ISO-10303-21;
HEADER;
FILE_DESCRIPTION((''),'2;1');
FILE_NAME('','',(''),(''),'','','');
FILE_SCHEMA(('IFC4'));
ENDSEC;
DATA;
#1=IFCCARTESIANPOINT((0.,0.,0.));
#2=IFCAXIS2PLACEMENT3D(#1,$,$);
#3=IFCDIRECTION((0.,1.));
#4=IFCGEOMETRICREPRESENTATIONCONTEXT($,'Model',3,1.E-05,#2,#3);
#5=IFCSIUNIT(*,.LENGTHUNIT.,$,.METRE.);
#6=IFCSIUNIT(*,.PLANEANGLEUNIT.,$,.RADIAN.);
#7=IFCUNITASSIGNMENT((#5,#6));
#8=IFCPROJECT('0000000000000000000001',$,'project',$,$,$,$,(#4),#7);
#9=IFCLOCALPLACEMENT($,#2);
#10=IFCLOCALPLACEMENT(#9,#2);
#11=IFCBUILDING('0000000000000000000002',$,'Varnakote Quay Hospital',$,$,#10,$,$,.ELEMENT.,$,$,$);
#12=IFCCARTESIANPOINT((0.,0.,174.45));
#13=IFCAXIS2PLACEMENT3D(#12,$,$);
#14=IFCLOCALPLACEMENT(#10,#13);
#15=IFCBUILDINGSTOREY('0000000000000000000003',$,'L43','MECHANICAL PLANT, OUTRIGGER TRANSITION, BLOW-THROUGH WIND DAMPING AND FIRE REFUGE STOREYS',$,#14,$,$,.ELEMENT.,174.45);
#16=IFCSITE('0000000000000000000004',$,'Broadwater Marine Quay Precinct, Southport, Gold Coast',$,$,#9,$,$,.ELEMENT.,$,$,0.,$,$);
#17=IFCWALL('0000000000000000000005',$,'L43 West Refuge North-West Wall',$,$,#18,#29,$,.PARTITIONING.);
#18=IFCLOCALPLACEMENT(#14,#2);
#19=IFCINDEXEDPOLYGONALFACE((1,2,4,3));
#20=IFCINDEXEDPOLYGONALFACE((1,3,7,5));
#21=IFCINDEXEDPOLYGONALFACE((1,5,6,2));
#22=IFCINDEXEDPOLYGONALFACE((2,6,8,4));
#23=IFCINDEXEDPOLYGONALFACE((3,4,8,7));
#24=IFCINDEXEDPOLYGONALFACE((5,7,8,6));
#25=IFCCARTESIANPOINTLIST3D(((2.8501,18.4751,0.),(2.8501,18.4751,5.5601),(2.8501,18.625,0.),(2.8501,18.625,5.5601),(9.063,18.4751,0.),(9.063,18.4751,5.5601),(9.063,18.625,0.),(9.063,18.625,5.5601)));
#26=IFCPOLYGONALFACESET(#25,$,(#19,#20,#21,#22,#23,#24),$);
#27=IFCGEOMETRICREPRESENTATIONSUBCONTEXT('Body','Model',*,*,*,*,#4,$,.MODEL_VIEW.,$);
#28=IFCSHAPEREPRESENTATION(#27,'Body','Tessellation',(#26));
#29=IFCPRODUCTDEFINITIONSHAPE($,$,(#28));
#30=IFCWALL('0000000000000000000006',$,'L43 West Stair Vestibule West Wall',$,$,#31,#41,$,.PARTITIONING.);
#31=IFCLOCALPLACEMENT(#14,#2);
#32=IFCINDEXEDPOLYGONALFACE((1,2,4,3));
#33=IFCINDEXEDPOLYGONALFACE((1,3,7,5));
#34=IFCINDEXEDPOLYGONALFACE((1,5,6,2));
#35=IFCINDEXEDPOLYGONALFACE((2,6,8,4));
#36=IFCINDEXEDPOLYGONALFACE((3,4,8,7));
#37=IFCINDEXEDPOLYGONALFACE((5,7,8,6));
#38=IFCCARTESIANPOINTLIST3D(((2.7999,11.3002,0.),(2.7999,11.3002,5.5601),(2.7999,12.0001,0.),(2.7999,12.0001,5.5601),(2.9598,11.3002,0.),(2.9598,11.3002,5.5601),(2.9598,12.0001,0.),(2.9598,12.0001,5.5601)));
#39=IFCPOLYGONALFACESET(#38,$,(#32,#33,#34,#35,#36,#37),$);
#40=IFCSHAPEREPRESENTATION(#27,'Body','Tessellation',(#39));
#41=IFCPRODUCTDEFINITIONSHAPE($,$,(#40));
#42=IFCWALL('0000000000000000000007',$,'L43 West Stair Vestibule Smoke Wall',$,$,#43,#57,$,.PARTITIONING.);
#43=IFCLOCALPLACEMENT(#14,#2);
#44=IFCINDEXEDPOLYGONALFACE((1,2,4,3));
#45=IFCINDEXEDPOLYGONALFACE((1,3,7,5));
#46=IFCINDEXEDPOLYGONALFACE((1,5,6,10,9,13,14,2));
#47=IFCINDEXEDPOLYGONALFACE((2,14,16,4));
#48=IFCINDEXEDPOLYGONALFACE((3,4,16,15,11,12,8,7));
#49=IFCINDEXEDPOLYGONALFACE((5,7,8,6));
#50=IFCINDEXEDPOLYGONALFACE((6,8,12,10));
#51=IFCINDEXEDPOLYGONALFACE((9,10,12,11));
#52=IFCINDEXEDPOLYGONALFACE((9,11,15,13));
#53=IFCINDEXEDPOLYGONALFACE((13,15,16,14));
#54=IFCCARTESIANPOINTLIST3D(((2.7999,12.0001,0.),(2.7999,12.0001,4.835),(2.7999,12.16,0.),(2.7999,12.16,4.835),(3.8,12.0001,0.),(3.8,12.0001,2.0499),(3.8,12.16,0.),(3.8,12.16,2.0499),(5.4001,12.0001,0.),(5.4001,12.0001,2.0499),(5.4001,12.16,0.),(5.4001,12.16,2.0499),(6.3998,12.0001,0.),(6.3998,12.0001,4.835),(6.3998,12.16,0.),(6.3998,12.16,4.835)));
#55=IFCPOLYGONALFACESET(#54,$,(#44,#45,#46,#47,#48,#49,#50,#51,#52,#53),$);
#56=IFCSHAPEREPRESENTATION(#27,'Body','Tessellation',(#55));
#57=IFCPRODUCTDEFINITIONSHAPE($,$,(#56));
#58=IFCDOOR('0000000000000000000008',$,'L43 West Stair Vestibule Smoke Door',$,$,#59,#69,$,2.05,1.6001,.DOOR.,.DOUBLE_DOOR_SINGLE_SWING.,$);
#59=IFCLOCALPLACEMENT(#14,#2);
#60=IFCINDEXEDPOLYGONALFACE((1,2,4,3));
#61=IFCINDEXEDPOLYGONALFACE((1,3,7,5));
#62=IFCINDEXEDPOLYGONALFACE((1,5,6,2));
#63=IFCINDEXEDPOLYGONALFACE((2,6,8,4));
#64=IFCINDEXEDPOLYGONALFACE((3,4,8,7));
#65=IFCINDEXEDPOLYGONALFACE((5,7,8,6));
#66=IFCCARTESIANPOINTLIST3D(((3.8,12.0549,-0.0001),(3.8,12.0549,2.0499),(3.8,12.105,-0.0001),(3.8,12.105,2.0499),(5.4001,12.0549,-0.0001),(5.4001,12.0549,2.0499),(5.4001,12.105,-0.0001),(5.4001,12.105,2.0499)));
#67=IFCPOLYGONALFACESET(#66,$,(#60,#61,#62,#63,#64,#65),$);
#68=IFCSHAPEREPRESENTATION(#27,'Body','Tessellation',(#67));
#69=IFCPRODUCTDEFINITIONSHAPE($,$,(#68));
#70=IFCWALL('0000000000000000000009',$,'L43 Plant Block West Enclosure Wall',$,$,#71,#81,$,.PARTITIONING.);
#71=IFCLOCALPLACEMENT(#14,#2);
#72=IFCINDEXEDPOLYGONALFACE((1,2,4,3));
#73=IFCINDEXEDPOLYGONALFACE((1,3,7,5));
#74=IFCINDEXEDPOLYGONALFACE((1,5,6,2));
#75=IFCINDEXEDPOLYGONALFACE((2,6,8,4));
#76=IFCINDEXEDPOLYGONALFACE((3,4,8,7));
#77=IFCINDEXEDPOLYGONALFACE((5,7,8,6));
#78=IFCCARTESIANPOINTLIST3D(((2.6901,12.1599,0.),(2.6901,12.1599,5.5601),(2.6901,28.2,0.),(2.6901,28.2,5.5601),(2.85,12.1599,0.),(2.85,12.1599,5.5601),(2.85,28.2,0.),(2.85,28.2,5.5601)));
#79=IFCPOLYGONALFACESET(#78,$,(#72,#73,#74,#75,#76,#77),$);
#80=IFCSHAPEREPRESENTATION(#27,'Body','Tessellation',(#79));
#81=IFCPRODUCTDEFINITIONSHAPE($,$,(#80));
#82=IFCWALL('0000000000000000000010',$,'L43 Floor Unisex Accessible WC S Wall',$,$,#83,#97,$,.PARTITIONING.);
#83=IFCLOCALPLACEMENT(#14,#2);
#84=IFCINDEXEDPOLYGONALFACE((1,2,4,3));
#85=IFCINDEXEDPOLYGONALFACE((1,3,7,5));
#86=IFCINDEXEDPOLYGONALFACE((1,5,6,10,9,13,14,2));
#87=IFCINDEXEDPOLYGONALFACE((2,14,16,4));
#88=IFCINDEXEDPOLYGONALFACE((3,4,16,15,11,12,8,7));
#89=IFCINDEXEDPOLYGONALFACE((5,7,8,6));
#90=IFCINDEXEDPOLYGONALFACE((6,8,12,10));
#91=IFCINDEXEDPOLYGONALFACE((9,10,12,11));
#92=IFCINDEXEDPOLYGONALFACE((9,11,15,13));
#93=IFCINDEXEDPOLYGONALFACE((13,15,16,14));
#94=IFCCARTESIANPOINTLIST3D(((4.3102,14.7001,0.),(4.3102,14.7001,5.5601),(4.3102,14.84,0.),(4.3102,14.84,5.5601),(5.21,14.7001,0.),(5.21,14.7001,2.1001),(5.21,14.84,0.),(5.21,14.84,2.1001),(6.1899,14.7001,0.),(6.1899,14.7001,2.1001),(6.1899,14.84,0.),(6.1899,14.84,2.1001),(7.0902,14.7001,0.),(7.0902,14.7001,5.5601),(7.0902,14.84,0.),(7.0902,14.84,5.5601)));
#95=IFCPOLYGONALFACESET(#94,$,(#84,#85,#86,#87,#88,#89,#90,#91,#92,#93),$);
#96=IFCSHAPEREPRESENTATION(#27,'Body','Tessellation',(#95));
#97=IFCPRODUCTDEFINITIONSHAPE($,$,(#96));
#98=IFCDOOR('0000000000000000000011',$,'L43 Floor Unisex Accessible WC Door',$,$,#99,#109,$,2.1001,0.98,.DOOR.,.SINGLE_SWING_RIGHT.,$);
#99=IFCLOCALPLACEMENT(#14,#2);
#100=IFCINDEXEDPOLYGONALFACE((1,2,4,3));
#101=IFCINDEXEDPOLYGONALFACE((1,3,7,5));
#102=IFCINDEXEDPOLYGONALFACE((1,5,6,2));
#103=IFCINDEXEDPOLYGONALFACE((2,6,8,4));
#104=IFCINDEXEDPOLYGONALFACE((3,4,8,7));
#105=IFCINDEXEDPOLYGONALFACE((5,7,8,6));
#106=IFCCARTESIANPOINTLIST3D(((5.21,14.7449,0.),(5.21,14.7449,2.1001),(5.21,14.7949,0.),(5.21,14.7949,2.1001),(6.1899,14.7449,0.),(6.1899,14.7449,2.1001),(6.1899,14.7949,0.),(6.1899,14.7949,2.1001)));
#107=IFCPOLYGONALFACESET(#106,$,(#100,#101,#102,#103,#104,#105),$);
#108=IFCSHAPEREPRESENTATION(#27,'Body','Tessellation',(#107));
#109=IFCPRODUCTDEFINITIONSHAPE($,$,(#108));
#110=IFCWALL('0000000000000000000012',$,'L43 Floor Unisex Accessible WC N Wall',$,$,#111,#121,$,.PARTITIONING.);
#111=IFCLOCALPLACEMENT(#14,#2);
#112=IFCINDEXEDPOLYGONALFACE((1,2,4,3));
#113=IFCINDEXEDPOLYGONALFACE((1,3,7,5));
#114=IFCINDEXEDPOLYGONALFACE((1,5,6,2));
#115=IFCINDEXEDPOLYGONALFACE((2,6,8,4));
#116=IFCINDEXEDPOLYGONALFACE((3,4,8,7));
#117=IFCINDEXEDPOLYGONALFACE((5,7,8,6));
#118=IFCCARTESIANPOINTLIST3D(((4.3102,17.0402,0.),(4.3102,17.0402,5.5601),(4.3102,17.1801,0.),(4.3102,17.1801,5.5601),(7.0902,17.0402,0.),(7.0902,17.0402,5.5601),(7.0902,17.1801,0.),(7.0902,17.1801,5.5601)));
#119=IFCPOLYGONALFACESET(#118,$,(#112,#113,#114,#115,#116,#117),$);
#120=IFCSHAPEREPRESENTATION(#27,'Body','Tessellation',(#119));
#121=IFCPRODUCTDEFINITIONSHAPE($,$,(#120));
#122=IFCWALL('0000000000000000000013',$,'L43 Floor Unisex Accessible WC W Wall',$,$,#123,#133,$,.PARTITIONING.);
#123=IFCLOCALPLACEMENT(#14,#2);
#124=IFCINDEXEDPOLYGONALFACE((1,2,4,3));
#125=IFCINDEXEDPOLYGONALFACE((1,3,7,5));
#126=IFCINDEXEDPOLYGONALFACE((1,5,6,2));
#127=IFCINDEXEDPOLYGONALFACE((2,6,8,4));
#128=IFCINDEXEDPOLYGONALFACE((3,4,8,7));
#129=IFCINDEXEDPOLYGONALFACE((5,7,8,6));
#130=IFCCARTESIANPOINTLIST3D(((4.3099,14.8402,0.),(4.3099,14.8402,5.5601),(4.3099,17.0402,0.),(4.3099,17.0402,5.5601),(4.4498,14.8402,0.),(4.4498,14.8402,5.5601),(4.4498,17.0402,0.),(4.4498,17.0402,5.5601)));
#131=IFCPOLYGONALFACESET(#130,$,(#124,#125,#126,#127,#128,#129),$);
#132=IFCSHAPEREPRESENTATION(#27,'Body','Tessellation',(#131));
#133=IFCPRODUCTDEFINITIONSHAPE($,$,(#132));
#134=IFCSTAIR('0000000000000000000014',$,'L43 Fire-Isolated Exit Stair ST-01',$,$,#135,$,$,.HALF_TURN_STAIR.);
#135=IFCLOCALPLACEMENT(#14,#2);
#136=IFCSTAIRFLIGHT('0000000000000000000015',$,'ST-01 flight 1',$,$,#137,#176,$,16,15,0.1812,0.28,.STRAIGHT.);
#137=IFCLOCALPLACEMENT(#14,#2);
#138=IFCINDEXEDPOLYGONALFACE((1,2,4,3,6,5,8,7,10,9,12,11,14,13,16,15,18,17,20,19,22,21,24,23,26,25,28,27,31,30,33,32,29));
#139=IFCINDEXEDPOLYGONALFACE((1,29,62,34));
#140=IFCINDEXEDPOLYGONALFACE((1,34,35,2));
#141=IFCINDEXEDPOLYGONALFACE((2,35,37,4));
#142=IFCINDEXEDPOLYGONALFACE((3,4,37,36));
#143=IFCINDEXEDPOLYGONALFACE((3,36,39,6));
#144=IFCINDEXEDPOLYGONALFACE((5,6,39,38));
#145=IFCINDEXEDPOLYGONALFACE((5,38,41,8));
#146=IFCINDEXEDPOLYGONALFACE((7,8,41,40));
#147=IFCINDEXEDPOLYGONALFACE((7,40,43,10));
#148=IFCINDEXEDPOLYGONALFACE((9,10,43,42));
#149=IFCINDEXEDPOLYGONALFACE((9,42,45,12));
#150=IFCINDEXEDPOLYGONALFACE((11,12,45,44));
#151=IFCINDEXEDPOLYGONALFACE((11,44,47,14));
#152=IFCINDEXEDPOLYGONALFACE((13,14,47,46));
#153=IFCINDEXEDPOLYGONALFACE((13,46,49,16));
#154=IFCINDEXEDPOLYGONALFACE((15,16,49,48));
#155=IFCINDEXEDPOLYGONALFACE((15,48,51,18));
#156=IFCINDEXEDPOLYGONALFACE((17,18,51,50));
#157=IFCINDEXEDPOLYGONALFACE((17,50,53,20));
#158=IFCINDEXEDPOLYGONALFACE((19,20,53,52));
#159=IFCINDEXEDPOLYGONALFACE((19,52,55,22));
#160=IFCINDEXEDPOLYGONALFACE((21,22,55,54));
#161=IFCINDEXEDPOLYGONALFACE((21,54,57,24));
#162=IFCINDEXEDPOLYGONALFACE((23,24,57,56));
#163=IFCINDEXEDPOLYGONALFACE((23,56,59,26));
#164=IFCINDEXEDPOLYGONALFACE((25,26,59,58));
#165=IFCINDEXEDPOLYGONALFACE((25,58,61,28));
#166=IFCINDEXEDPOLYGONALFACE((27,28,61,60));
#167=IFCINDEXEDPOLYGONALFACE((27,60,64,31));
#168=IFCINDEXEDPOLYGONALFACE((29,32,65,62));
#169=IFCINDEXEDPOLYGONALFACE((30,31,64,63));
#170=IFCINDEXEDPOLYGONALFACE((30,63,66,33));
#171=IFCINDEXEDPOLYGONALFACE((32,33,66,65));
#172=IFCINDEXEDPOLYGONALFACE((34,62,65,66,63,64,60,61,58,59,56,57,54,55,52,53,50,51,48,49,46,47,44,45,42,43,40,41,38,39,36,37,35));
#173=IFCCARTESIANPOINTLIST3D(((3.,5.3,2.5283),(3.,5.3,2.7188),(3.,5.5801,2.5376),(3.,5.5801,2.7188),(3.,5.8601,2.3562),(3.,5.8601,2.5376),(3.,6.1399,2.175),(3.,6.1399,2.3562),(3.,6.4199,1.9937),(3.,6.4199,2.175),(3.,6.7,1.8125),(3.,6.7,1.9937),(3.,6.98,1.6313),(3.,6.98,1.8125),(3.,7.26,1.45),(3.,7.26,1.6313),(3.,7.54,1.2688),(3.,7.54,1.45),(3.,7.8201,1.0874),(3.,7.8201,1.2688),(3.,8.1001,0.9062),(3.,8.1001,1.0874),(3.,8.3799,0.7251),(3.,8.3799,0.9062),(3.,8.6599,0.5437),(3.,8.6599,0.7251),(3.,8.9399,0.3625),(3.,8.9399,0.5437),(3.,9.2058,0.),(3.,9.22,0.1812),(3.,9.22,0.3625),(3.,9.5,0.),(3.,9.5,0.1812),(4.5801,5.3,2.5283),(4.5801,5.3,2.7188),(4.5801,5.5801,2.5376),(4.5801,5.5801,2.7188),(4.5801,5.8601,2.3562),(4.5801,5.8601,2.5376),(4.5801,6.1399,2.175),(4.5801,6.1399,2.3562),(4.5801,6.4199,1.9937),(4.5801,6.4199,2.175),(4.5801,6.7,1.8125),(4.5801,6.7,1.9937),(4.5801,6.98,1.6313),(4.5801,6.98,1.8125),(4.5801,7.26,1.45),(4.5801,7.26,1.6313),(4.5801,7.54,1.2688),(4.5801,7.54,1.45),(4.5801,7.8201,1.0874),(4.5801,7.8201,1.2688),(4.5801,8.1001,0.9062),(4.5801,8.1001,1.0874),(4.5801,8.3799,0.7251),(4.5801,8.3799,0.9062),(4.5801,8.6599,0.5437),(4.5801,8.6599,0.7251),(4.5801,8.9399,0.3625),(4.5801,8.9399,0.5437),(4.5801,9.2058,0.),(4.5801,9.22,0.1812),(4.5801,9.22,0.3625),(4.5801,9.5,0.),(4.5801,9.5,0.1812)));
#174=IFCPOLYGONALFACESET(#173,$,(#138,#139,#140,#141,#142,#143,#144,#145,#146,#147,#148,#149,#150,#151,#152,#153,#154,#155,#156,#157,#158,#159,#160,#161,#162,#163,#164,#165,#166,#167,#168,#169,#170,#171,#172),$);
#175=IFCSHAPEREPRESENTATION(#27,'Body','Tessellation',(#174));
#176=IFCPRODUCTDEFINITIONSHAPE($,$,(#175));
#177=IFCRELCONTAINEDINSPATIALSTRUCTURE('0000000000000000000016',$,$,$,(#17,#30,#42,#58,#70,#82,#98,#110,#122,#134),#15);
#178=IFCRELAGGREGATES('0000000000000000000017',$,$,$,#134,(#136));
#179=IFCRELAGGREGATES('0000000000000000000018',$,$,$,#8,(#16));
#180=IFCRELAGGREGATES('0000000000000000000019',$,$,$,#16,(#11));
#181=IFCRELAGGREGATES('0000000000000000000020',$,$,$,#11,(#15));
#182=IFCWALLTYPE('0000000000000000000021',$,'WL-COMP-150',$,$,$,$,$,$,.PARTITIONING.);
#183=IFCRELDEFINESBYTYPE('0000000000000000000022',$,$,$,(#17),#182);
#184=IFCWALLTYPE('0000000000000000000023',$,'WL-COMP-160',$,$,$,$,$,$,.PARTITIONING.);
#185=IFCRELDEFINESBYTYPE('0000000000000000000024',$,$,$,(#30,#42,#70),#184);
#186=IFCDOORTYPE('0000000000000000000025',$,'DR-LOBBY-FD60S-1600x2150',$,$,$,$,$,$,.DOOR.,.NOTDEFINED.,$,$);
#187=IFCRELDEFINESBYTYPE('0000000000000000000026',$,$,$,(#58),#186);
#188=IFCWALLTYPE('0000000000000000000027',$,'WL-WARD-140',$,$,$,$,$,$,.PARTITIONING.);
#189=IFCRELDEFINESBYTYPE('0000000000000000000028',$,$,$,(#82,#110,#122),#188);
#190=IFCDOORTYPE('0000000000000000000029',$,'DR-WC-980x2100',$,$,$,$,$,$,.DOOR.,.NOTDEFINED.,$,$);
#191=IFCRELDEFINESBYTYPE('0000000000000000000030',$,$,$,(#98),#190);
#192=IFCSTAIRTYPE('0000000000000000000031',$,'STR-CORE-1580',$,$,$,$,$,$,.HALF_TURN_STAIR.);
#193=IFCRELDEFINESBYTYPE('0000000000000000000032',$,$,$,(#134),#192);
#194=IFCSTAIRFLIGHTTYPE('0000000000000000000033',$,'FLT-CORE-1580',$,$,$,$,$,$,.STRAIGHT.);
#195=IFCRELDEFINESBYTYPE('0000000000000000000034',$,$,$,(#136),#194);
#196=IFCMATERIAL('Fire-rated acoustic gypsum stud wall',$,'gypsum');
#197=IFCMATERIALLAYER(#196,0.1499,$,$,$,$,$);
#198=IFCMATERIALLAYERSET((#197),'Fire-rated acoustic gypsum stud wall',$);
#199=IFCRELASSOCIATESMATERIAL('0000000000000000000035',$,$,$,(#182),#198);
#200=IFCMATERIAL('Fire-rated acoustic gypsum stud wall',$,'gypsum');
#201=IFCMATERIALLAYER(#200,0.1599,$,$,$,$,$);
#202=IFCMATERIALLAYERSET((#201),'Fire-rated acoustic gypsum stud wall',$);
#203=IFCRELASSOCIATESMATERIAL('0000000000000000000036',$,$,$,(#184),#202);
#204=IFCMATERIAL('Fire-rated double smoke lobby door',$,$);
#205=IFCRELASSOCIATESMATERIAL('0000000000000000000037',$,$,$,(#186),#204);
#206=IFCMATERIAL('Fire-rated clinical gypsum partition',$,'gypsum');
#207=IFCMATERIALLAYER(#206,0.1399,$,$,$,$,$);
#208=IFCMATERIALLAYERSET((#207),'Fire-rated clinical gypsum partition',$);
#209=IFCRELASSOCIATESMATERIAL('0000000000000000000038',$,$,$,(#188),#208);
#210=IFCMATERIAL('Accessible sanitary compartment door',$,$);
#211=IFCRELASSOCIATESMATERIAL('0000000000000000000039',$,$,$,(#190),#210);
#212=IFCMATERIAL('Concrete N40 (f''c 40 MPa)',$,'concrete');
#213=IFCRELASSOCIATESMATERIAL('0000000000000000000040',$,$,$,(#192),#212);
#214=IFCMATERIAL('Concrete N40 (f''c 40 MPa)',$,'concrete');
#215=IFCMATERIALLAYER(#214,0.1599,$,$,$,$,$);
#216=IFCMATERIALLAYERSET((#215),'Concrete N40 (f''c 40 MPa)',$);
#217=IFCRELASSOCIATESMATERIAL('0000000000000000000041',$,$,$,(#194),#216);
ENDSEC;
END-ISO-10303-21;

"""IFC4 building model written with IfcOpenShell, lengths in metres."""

from ifc_helpers import new_model, si_unit, direction, frame, frame_2d, origin, place, context, subcontext, project, spatial, polyline, rectangle, outline, extrude, material, layer, layer_set, type_object, element, fill, aggregate, save


model = new_model("IFC4")

# Units and contexts
model_context = context("Model", 3, precision=1e-05, world=origin(), true_north=direction((0.0, 1.0)))
body_context = subcontext(model_context, "Body", "Model", "MODEL_VIEW")
ifc_project = project(units=[si_unit("LENGTHUNIT", "METRE"), si_unit("PLANEANGLEUNIT", "RADIAN")], contexts=[model_context])

# Site, building, storey
site_placement = place(None, origin())
site = spatial("IfcSite", under=ifc_project, at=site_placement, Name="Broadwater Marine Quay Precinct, Southport, Gold Coast", CompositionType="ELEMENT", RefElevation=0.0)
building_placement = place(site_placement, origin())
building = spatial("IfcBuilding", under=site, at=building_placement, Name="Varnakote Quay Hospital", CompositionType="ELEMENT")
storey_placement = place(building_placement, frame((0.0, 0.0, 174.45)))
storey = spatial("IfcBuildingStorey", under=building, at=storey_placement, Name="L43", Description="MECHANICAL PLANT, OUTRIGGER TRANSITION, BLOW-THROUGH WIND DAMPING AND FIRE REFUGE STOREYS", CompositionType="ELEMENT", Elevation=174.45)

# Walls
ifc_material_1 = material(Name="Fire-rated acoustic gypsum stud wall", Category="gypsum")
ifc_layer_1 = layer(ifc_material_1, 0.1499)
ifc_layer_set_1 = layer_set([ifc_layer_1], Name="Fire-rated acoustic gypsum stud wall")
wall_type_1 = type_object("IfcWallType", Name="WL-COMP-150", PredefinedType="PARTITIONING", material=ifc_layer_set_1)
wall_1_placement = place(storey_placement, frame((2.8501, 18.55, 0.0), z_axis=(0.0, 0.0, 1.0), x_axis=(1.0, 0.0, 0.0)))
element("IfcWall", 1, at=wall_1_placement, inside=storey, type_object=wall_type_1, Name="L43 West Refuge North-West Wall", PredefinedType="PARTITIONING", context=body_context, shape_type="SweptSolid", body=[
    extrude(rectangle(XDim=6.2129, YDim=0.1499, at=frame_2d((3.1064, 0.0))), origin(), (0.0, 0.0, 1.0), 5.5601),
])
ifc_material_2 = material(Name="Fire-rated acoustic gypsum stud wall", Category="gypsum")
ifc_layer_2 = layer(ifc_material_2, 0.1599)
ifc_layer_set_2 = layer_set([ifc_layer_2], Name="Fire-rated acoustic gypsum stud wall")
wall_type_2 = type_object("IfcWallType", Name="WL-COMP-160", PredefinedType="PARTITIONING", material=ifc_layer_set_2)
wall_2_placement = place(storey_placement, frame((2.8799, 11.3, 0.0), z_axis=(0.0, 0.0, 1.0), x_axis=(0.0, 1.0, 0.0)))
element("IfcWall", 2, at=wall_2_placement, inside=storey, type_object=wall_type_2, Name="L43 West Stair Vestibule West Wall", PredefinedType="PARTITIONING", context=body_context, shape_type="SweptSolid", body=[
    extrude(rectangle(XDim=0.7, YDim=0.1599, at=frame_2d((0.3501, 0.0))), origin(), (0.0, 0.0, 1.0), 5.5601),
])

# Wall, opening, door
wall_3_placement = place(storey_placement, frame((2.8, 12.0801, 0.0), z_axis=(0.0, 0.0, 1.0), x_axis=(1.0, 0.0, 0.0)))
wall_3 = element("IfcWall", 3, at=wall_3_placement, inside=storey, type_object=wall_type_2, Name="L43 West Stair Vestibule Smoke Wall", PredefinedType="PARTITIONING", context=body_context, shape_type="SweptSolid", body=[
    extrude(rectangle(XDim=3.5999, YDim=0.1599, at=frame_2d((1.7998, 0.0))), origin(), (0.0, 0.0, 1.0), 4.835),
])
opening_1_placement = place(wall_3_placement, frame((1.0, 0.0, 0.0)))
opening_1 = element("IfcOpeningElement", 4, at=opening_1_placement, cuts=wall_3, PredefinedType="OPENING", context=body_context, shape_type="SweptSolid", body=[
    extrude(rectangle(XDim=1.6001, YDim=2.05, at=frame_2d((0.8, 1.0249))), frame((0.0, 0.0898, 0.0), z_axis=(0.0, -1.0, 0.0), x_axis=(1.0, 0.0, 0.0)), (0.0, 0.0, 1.0), 0.1799),
])
ifc_material_3 = material(Name="Fire-rated double smoke lobby door")
door_type_1 = type_object("IfcDoorType", Name="DR-LOBBY-FD60S-1600x2150", OperationType="NOTDEFINED", PredefinedType="DOOR", material=ifc_material_3)
door_1_placement = place(opening_1_placement, origin())
door_1 = element("IfcDoor", 5, at=door_1_placement, inside=storey, type_object=door_type_1, Name="L43 West Stair Vestibule Smoke Door", OperationType="DOUBLE_DOOR_SINGLE_SWING", OverallHeight=2.05, OverallWidth=1.6001, PredefinedType="DOOR", context=body_context, shape_type="SweptSolid", body=[
    extrude(rectangle(XDim=1.6001, YDim=2.05, at=frame_2d((0.8, 1.0249))), frame((0.0, 0.0249, 0.0), z_axis=(0.0, -1.0, 0.0), x_axis=(1.0, 0.0, 0.0)), (0.0, 0.0, 1.0), 0.05),
])
fill(opening_1, door_1)

# Wall
wall_4_placement = place(storey_placement, frame((2.77, 12.1599, 0.0), z_axis=(0.0, 0.0, 1.0), x_axis=(0.0, 1.0, 0.0)))
element("IfcWall", 6, at=wall_4_placement, inside=storey, type_object=wall_type_2, Name="L43 Plant Block West Enclosure Wall", PredefinedType="PARTITIONING", context=body_context, shape_type="SweptSolid", body=[
    extrude(rectangle(XDim=16.04, YDim=0.1599, at=frame_2d((8.02, 0.0))), origin(), (0.0, 0.0, 1.0), 5.5601),
])

# Wall, opening, door
ifc_material_4 = material(Name="Fire-rated clinical gypsum partition", Category="gypsum")
ifc_layer_3 = layer(ifc_material_4, 0.1399)
ifc_layer_set_3 = layer_set([ifc_layer_3], Name="Fire-rated clinical gypsum partition")
wall_type_3 = type_object("IfcWallType", Name="WL-WARD-140", PredefinedType="PARTITIONING", material=ifc_layer_set_3)
wall_5_placement = place(storey_placement, frame((4.3101, 14.77, 0.0), z_axis=(0.0, 0.0, 1.0), x_axis=(1.0, 0.0, 0.0)))
wall_5 = element("IfcWall", 7, at=wall_5_placement, inside=storey, type_object=wall_type_3, Name="L43 Floor Unisex Accessible WC S Wall", PredefinedType="PARTITIONING", context=body_context, shape_type="SweptSolid", body=[
    extrude(rectangle(XDim=2.78, YDim=0.1399, at=frame_2d((1.3901, 0.0))), origin(), (0.0, 0.0, 1.0), 5.5601),
])
opening_2_placement = place(wall_5_placement, frame((0.8999, 0.0, 0.0)))
opening_2 = element("IfcOpeningElement", 8, at=opening_2_placement, cuts=wall_5, PredefinedType="OPENING", context=body_context, shape_type="SweptSolid", body=[
    extrude(rectangle(XDim=0.98, YDim=2.1001, at=frame_2d((0.49, 1.05))), frame((0.0, 0.0798, 0.0), z_axis=(0.0, -1.0, 0.0), x_axis=(1.0, 0.0, 0.0)), (0.0, 0.0, 1.0), 0.1599),
])
ifc_material_5 = material(Name="Accessible sanitary compartment door")
door_type_2 = type_object("IfcDoorType", Name="DR-WC-980x2100", OperationType="NOTDEFINED", PredefinedType="DOOR", material=ifc_material_5)
door_2_placement = place(opening_2_placement, origin())
door_2 = element("IfcDoor", 9, at=door_2_placement, inside=storey, type_object=door_type_2, Name="L43 Floor Unisex Accessible WC Door", OperationType="SINGLE_SWING_RIGHT", OverallHeight=2.1001, OverallWidth=0.98, PredefinedType="DOOR", context=body_context, shape_type="SweptSolid", body=[
    extrude(rectangle(XDim=0.98, YDim=2.1001, at=frame_2d((0.49, 1.05))), frame((0.0, 0.0249, 0.0), z_axis=(0.0, -1.0, 0.0), x_axis=(1.0, 0.0, 0.0)), (0.0, 0.0, 1.0), 0.05),
])
fill(opening_2, door_2)

# Walls
wall_6_placement = place(storey_placement, frame((4.3101, 17.1101, 0.0), z_axis=(0.0, 0.0, 1.0), x_axis=(1.0, 0.0, 0.0)))
element("IfcWall", 10, at=wall_6_placement, inside=storey, type_object=wall_type_3, Name="L43 Floor Unisex Accessible WC N Wall", PredefinedType="PARTITIONING", context=body_context, shape_type="SweptSolid", body=[
    extrude(rectangle(XDim=2.78, YDim=0.1399, at=frame_2d((1.3901, 0.0))), origin(), (0.0, 0.0, 1.0), 5.5601),
])
wall_7_placement = place(storey_placement, frame((4.3799, 14.8401, 0.0), z_axis=(0.0, 0.0, 1.0), x_axis=(0.0, 1.0, 0.0)))
element("IfcWall", 11, at=wall_7_placement, inside=storey, type_object=wall_type_3, Name="L43 Floor Unisex Accessible WC W Wall", PredefinedType="PARTITIONING", context=body_context, shape_type="SweptSolid", body=[
    extrude(rectangle(XDim=2.2, YDim=0.1399, at=frame_2d((1.1001, 0.0))), origin(), (0.0, 0.0, 1.0), 5.5601),
])

# Stair, stair flight
ifc_material_6 = material(Name="Concrete N40 (f'c 40 MPa)", Category="concrete")
stair_type = type_object("IfcStairType", Name="STR-CORE-1580", PredefinedType="HALF_TURN_STAIR", material=ifc_material_6)
stair_placement = place(storey_placement, origin())
stair = element("IfcStair", 12, at=stair_placement, inside=storey, type_object=stair_type, Name="L43 Fire-Isolated Exit Stair ST-01", PredefinedType="HALF_TURN_STAIR")
ifc_material_7 = material(Name="Concrete N40 (f'c 40 MPa)", Category="concrete")
ifc_layer_4 = layer(ifc_material_7, 0.1599)
ifc_layer_set_4 = layer_set([ifc_layer_4], Name="Concrete N40 (f'c 40 MPa)")
stair_flight_type = type_object("IfcStairFlightType", Name="FLT-CORE-1580", PredefinedType="STRAIGHT", material=ifc_layer_set_4)
stair_flight_placement = place(storey_placement, frame((3.79, 9.5, 0.0), z_axis=(0.0, 0.0, 1.0), x_axis=(0.0, -1.0, 0.0)))
stair_flight = element("IfcStairFlight", 13, at=stair_flight_placement, type_object=stair_flight_type, Name="ST-01 flight 1", NumberOfRisers=16, NumberOfTreads=15, PredefinedType="STRAIGHT", RiserHeight=0.1812, TreadLength=0.28, context=body_context, shape_type="SweptSolid", body=[
    extrude(outline(polyline([(0.0, 0.0), (0.0, 0.1812), (0.28, 0.1812), (0.28, 0.3625), (0.5601, 0.3625), (0.5601, 0.5437), (0.8401, 0.5437), (0.8401, 0.7251), (1.1201, 0.7251), (1.1201, 0.9062), (1.3999, 0.9062), (1.3999, 1.0874), (1.6799, 1.0874), (1.6799, 1.2688), (1.96, 1.2688), (1.96, 1.45), (2.24, 1.45), (2.24, 1.6313), (2.52, 1.6313), (2.52, 1.8125), (2.8, 1.8125), (2.8, 1.9937), (3.0801, 1.9937), (3.0801, 2.175), (3.3601, 2.175), (3.3601, 2.3562), (3.6399, 2.3562), (3.6399, 2.5376), (3.9199, 2.5376), (3.9199, 2.7188), (4.2, 2.7188), (4.2, 2.8999), (4.2, 2.5283), (0.2942, 0.0), (0.0, 0.0)])), frame((0.0, 0.79, 0.0), z_axis=(0.0, -1.0, 0.0), x_axis=(1.0, 0.0, 0.0)), (0.0, 0.0, 1.0), 1.5801),
])
aggregate(stair, [stair_flight])

save(model, "model.ifc")
